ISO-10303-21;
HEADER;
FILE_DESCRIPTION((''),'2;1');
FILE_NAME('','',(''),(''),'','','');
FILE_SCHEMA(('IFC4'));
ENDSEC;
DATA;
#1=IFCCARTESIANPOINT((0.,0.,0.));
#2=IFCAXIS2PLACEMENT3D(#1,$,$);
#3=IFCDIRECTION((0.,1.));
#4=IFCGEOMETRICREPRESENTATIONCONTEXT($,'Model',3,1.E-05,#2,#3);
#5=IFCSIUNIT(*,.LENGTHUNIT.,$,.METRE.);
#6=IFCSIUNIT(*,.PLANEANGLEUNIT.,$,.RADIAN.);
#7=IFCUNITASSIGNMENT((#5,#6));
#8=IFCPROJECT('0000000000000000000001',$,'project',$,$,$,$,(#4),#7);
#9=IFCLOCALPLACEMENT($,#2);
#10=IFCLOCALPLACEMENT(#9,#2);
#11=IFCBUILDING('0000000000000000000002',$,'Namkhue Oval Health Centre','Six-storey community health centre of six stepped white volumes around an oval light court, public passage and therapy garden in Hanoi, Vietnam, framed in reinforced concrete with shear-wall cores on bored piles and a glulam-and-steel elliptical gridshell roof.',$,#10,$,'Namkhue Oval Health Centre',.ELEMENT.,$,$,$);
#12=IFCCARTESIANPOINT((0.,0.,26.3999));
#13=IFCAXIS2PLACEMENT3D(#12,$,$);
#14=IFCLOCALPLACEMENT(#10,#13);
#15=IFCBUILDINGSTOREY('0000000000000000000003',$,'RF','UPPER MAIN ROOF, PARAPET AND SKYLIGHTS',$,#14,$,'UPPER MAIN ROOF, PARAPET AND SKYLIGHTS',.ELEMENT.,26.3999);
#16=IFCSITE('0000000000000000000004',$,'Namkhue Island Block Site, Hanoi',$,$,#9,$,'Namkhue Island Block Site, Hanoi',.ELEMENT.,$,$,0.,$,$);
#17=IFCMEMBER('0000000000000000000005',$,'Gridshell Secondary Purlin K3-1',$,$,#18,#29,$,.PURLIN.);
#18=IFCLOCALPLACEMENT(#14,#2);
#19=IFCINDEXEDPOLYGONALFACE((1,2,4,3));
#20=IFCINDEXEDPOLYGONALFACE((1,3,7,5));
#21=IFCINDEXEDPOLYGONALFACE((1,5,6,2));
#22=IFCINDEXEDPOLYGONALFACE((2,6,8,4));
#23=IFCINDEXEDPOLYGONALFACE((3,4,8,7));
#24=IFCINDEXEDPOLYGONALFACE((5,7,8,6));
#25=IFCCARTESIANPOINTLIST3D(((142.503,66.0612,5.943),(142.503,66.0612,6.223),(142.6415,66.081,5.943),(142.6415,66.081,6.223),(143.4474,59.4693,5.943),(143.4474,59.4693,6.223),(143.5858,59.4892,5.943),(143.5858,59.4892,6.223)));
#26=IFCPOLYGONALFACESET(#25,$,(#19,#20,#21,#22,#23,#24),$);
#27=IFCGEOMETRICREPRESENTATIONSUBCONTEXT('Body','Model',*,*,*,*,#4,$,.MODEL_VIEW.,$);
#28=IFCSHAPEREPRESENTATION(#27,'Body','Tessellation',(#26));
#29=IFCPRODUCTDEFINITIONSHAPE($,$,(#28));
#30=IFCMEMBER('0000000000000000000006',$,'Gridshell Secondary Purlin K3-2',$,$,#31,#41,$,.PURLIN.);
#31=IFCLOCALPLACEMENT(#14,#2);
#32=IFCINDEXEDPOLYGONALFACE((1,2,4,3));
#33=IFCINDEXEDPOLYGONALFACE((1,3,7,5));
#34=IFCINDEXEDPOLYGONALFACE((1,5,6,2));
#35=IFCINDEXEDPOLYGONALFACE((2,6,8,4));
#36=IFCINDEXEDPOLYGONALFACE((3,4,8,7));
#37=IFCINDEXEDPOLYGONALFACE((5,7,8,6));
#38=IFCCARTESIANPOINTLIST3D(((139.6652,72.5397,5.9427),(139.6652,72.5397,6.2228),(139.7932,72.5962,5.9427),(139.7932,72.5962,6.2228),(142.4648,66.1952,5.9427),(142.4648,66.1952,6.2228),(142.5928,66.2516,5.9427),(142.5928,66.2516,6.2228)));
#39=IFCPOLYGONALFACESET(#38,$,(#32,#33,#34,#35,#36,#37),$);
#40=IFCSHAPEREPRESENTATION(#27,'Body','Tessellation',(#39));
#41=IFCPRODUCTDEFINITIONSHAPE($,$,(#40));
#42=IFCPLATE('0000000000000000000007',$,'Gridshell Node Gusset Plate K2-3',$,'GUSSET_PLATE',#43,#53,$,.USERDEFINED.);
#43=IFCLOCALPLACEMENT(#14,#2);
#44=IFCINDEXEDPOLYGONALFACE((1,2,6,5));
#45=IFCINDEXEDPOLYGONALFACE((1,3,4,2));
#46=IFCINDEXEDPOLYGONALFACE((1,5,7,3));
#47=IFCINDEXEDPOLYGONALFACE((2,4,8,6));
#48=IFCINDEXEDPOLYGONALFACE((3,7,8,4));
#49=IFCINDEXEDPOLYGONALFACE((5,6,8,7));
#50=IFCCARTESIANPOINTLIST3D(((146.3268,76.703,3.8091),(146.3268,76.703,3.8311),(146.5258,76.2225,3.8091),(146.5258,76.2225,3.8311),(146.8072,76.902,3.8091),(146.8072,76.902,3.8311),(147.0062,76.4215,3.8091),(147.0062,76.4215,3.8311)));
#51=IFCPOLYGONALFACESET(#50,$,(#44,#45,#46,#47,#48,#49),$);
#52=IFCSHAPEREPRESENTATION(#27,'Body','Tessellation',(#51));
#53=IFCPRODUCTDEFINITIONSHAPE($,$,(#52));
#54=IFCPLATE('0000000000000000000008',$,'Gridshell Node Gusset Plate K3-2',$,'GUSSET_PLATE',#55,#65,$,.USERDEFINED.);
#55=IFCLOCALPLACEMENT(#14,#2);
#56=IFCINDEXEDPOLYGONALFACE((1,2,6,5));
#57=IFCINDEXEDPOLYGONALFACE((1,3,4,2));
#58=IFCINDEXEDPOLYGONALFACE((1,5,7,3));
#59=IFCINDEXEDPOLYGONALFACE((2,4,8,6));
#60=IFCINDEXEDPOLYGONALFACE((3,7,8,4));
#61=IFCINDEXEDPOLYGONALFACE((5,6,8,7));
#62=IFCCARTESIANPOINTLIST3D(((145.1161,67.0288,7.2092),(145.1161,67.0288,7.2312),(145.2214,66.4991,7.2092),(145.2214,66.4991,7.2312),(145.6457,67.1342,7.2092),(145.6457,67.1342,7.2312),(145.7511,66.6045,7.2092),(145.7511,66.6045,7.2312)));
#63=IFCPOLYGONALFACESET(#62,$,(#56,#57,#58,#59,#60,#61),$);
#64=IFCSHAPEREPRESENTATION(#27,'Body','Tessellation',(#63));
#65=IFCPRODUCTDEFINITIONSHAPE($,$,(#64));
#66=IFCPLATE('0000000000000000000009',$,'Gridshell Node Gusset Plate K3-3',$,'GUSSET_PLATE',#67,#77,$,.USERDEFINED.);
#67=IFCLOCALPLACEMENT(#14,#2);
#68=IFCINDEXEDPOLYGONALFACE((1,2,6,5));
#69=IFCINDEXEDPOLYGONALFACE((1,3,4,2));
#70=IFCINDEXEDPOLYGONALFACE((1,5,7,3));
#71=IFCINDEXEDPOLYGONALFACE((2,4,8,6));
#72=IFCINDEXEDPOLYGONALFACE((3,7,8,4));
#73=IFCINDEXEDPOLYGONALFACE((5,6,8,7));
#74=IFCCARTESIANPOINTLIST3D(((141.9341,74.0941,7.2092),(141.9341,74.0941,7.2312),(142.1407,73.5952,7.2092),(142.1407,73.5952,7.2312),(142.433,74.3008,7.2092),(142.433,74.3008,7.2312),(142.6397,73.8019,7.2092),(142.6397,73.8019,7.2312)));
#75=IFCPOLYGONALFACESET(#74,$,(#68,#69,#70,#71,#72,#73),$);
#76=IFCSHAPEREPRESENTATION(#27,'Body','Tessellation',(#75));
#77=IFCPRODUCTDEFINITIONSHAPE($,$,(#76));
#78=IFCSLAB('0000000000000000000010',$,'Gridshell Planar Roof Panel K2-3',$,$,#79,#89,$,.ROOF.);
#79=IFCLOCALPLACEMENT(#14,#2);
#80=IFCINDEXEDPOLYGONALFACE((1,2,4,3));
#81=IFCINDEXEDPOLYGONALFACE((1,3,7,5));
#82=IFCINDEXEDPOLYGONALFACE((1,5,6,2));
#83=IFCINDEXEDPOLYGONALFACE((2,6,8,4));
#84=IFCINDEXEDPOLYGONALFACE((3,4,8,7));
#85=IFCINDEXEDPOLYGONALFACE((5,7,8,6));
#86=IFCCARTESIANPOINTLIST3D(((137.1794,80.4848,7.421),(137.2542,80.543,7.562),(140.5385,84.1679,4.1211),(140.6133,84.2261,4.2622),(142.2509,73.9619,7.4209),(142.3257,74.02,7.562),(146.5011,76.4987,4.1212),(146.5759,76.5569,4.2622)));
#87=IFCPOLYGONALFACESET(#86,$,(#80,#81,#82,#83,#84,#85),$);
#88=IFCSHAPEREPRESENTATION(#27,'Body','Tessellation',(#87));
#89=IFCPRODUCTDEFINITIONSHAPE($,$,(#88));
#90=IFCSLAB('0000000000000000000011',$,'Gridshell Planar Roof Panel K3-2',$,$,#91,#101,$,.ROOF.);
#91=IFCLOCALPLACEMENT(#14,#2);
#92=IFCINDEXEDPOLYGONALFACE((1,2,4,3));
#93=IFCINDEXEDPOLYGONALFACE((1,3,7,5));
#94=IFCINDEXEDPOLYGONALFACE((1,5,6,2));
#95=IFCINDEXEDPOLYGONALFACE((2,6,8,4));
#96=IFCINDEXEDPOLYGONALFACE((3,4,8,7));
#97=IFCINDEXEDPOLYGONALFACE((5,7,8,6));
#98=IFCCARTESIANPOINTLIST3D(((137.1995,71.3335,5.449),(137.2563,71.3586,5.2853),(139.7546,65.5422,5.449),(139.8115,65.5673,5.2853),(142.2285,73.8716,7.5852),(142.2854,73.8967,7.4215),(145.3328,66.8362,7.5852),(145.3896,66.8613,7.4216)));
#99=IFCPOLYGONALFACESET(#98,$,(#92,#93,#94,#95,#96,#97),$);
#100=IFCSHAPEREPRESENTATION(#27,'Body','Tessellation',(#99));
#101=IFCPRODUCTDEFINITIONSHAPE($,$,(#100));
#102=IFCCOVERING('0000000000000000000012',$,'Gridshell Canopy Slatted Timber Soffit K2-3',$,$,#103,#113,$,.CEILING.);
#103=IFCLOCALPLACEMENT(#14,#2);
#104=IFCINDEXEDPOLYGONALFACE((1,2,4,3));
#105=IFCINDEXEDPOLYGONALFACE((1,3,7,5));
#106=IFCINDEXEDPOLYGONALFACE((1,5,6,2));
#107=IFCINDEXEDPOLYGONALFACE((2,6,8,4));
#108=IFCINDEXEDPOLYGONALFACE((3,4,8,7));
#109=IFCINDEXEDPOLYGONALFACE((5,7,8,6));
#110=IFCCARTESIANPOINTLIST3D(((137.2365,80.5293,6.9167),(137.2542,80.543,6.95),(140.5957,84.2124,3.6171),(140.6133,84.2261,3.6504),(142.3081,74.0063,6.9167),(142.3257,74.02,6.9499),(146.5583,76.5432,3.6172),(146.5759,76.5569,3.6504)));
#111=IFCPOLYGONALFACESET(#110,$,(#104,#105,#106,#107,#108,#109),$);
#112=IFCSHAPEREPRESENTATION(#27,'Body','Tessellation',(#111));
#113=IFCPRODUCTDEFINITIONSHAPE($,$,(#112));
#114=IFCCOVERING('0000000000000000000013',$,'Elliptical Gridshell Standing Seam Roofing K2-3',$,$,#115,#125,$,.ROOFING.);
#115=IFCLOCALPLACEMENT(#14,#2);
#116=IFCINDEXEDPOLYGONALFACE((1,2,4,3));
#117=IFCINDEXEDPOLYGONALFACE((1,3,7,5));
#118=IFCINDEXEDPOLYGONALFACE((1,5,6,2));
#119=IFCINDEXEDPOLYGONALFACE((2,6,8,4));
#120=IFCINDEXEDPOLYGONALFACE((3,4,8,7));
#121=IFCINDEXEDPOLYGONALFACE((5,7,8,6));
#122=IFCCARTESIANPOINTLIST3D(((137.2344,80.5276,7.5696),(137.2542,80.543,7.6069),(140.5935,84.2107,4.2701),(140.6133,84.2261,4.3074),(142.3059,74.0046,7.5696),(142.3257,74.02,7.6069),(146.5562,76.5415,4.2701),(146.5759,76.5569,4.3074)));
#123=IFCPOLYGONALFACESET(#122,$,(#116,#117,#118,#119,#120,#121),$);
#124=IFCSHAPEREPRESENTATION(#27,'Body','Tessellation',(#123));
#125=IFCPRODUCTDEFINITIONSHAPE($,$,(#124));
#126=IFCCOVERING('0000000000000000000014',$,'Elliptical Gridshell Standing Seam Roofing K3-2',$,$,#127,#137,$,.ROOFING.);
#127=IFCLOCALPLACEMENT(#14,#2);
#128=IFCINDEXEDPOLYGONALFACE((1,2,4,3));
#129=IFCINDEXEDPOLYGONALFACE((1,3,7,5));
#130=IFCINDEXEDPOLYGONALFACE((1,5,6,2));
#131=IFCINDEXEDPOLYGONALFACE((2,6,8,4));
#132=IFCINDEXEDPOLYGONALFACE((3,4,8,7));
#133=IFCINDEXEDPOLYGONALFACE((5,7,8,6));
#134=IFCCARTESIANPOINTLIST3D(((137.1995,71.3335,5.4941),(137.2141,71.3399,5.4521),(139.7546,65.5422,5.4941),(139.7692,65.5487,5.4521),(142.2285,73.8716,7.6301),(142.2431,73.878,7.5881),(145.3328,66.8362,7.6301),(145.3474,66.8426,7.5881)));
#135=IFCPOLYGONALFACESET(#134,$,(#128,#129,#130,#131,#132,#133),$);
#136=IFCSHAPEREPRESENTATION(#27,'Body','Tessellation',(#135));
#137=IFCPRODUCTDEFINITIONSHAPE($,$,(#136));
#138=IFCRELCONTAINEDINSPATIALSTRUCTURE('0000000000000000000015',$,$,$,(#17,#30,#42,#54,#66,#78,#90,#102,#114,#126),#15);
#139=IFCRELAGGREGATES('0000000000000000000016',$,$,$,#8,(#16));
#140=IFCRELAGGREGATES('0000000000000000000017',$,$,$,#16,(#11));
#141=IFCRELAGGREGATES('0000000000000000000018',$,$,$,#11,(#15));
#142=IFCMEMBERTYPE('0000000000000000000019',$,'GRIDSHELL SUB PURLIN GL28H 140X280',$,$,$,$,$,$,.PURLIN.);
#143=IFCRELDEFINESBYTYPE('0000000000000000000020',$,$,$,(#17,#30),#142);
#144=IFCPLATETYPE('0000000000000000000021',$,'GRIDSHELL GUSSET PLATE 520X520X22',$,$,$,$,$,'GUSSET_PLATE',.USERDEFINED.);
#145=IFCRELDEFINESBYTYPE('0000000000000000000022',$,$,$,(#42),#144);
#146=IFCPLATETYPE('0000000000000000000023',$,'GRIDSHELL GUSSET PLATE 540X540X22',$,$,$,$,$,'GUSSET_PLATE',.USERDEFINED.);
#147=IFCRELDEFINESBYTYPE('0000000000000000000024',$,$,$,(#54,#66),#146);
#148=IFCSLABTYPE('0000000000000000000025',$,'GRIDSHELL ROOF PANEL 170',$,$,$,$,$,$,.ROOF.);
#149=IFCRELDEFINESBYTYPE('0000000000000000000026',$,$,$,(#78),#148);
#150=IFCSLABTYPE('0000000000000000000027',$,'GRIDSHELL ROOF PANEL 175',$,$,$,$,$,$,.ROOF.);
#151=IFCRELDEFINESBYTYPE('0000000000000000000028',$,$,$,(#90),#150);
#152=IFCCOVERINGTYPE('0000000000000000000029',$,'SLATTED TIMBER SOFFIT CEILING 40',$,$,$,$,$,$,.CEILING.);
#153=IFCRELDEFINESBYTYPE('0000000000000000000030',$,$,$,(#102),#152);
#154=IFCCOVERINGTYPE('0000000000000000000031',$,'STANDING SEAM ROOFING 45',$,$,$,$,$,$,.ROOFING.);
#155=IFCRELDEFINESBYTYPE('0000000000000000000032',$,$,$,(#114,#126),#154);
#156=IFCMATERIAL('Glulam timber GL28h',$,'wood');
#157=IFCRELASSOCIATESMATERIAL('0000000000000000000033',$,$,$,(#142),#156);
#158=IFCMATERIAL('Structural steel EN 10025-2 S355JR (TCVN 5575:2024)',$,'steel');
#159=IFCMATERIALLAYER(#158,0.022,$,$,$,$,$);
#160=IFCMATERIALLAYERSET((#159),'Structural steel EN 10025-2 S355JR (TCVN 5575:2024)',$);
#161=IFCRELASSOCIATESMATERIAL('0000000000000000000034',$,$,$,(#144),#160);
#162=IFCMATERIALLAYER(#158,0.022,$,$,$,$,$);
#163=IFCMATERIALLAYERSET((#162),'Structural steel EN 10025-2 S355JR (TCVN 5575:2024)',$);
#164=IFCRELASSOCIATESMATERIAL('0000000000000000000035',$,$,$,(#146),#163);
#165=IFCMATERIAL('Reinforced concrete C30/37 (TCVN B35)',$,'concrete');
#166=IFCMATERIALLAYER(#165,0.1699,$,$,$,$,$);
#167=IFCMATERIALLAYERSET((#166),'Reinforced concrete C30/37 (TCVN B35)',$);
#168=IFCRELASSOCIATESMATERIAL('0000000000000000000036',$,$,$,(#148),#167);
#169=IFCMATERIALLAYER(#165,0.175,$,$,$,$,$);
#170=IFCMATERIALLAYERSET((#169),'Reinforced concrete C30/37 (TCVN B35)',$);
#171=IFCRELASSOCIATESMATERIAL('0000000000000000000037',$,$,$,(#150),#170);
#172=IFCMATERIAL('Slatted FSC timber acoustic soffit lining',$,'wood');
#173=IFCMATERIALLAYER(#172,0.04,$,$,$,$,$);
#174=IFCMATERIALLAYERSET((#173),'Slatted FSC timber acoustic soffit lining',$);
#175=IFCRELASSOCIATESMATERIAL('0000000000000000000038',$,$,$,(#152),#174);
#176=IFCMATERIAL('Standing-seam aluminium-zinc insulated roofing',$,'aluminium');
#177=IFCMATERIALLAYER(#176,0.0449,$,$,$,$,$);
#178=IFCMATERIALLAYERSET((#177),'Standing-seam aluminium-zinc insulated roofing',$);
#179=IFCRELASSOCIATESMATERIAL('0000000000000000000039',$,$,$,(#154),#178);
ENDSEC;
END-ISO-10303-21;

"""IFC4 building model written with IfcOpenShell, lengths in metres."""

from ifc_helpers import new_model, si_unit, direction, frame, origin, origin_2d, place, context, subcontext, project, spatial, polyline, rectangle, outline, extrude, material, layer, layer_set, material_profile, profile_set, type_object, element, save


model = new_model("IFC4")

# Units and contexts
model_context = context("Model", 3, precision=1e-05, world=origin(), true_north=direction((0.0, 1.0)))
body_context = subcontext(model_context, "Body", "Model", "MODEL_VIEW")
ifc_project = project(units=[si_unit("LENGTHUNIT", "METRE"), si_unit("PLANEANGLEUNIT", "RADIAN")], contexts=[model_context])

# Site, building, storey
site_placement = place(None, origin())
site = spatial("IfcSite", under=ifc_project, at=site_placement, Name="Namkhue Island Block Site, Hanoi", LongName="Namkhue Island Block Site, Hanoi", CompositionType="ELEMENT", RefElevation=0.0)
building_placement = place(site_placement, origin())
building = spatial("IfcBuilding", under=site, at=building_placement, Name="Namkhue Oval Health Centre", Description="Six-storey community health centre of six stepped white volumes around an oval light court, public passage and therapy garden in Hanoi, Vietnam, framed in reinforced concrete with shear-wall cores on bored piles and a glulam-and-steel elliptical gridshell roof.", LongName="Namkhue Oval Health Centre", CompositionType="ELEMENT")
storey_placement = place(building_placement, frame((0.0, 0.0, 26.3999)))
storey = spatial("IfcBuildingStorey", under=building, at=storey_placement, Name="RF", Description="UPPER MAIN ROOF, PARAPET AND SKYLIGHTS", LongName="UPPER MAIN ROOF, PARAPET AND SKYLIGHTS", CompositionType="ELEMENT", Elevation=26.3999)

# Members
ifc_material_1 = material(Name="Structural steel EN 10025-2 S355JR (TCVN 5575:2024)", Category="steel")
ifc_material_2 = material(Name="Glulam timber GL28h", Category="wood")
ifc_material_profile_1 = material_profile(ifc_material_2, rectangle(XDim=0.1399, YDim=0.28, at=origin_2d()), Name="GL28h 140x280")
ifc_profile_set_1 = profile_set([ifc_material_profile_1], Name="Glulam timber GL28h")
member_type_1 = type_object("IfcMemberType", Name="GRIDSHELL SUB PURLIN GL28H 140X280", PredefinedType="PURLIN", material=ifc_profile_set_1)
member_1_placement = place(storey_placement, frame((143.5166, 59.4792, 6.083), z_axis=(-0.141811, 0.989894, 0.0), x_axis=(-0.989894, -0.141811, 0.0)))
element("IfcMember", 1, at=member_1_placement, inside=storey, type_object=member_type_1, Name="Gridshell Secondary Purlin K3-1", PredefinedType="PURLIN", context=body_context, shape_type="SweptSolid", body=[
    extrude(rectangle(XDim=0.1399, YDim=0.28, at=origin_2d()), origin(), (0.0, 0.0, 1.0), 6.6592),
])
member_2_placement = place(storey_placement, frame((142.5288, 66.2234, 6.0828), z_axis=(-0.403703, 0.91489, 0.0), x_axis=(-0.91489, -0.403703, 0.0)))
element("IfcMember", 2, at=member_2_placement, inside=storey, type_object=member_type_1, Name="Gridshell Secondary Purlin K3-2", PredefinedType="PURLIN", context=body_context, shape_type="SweptSolid", body=[
    extrude(rectangle(XDim=0.1399, YDim=0.28, at=origin_2d()), origin(), (0.0, 0.0, 1.0), 6.9348),
])

# Plates
ifc_layer_1 = layer(ifc_material_1, 0.022)
ifc_layer_set_1 = layer_set([ifc_layer_1], Name="Structural steel EN 10025-2 S355JR (TCVN 5575:2024)")
plate_type_1 = type_object("IfcPlateType", Name="GRIDSHELL GUSSET PLATE 520X520X22", ElementType="GUSSET_PLATE", PredefinedType="USERDEFINED", material=ifc_layer_set_1)
plate_placement = place(storey_placement, frame((146.6665, 76.5623, 3.8091), z_axis=(0.0, 0.0, 1.0), x_axis=(0.92388, 0.382683, 0.0)))
element("IfcPlate", 3, at=plate_placement, inside=storey, type_object=plate_type_1, Name="Gridshell Node Gusset Plate K2-3", ObjectType="GUSSET_PLATE", PredefinedType="USERDEFINED", context=body_context, shape_type="SweptSolid", body=[
    extrude(rectangle(XDim=0.52, YDim=0.52, at=origin_2d()), origin(), (0.0, 0.0, 1.0), 0.022),
])
ifc_layer_2 = layer(ifc_material_1, 0.022)
ifc_layer_set_2 = layer_set([ifc_layer_2], Name="Structural steel EN 10025-2 S355JR (TCVN 5575:2024)")
plate_type_2 = type_object("IfcPlateType", Name="GRIDSHELL GUSSET PLATE 540X540X22", ElementType="GUSSET_PLATE", PredefinedType="USERDEFINED", material=ifc_layer_set_2)
for number, where, z_axis, x_axis, name in (
    (4, (145.4336, 66.8167, 7.2092), (0.0, 0.0, 1.0), (0.980785, 0.19509, 0.0), "Gridshell Node Gusset Plate K3-2"),
    (5, (142.2869, 73.948, 7.2092), (0.0, 0.0, 1.0), (0.92388, 0.382683, 0.0), "Gridshell Node Gusset Plate K3-3"),
):
    element("IfcPlate", number, at=place(storey_placement, frame(where, z_axis=z_axis, x_axis=x_axis)), inside=storey, type_object=plate_type_2, Name=name, ObjectType="GUSSET_PLATE", PredefinedType="USERDEFINED", context=body_context, shape_type="SweptSolid", body=[
        extrude(rectangle(XDim=0.54, YDim=0.54, at=origin_2d()), origin(), (0.0, 0.0, 1.0), 0.022),
    ])

# Slabs
ifc_material_3 = material(Name="Reinforced concrete C30/37 (TCVN B35)", Category="concrete")
ifc_layer_3 = layer(ifc_material_3, 0.1699)
ifc_layer_set_3 = layer_set([ifc_layer_3], Name="Reinforced concrete C30/37 (TCVN B35)")
slab_type_1 = type_object("IfcSlabType", Name="GRIDSHELL ROOF PANEL 170", PredefinedType="ROOF", material=ifc_layer_set_3)
slab_1_placement = place(storey_placement, frame((146.5759, 76.5569, 4.2622), z_axis=(0.4402, 0.342249, 0.830114), x_axis=(-0.613795, 0.789465, -0.000001)))
element("IfcSlab", 6, at=slab_1_placement, inside=storey, type_object=slab_type_1, Name="Gridshell Planar Roof Panel K2-3", PredefinedType="ROOF", context=body_context, shape_type="SweptSolid", body=[
    extrude(outline(polyline([(0.0, 0.0), (9.7144, 0.0), (8.8685, 5.918), (0.606, 5.9179), (0.0, 0.0)])), origin(), (0.0, 0.0, -1.0), 0.1699),
])
ifc_layer_4 = layer(ifc_material_3, 0.175)
ifc_layer_set_4 = layer_set([ifc_layer_4], Name="Reinforced concrete C30/37 (TCVN B35)")
slab_type_2 = type_object("IfcSlabType", Name="GRIDSHELL ROOF PANEL 175", PredefinedType="ROOF", material=ifc_layer_set_4)
slab_2_placement = place(storey_placement, frame((145.3328, 66.8362, 7.5852), z_axis=(-0.324785, -0.143303, 0.934869), x_axis=(-0.403682, 0.914899, -0.000003)))
element("IfcSlab", 7, at=slab_2_placement, inside=storey, type_object=slab_type_2, Name="Gridshell Planar Roof Panel K3-2", PredefinedType="ROOF", context=body_context, shape_type="SweptSolid", body=[
    extrude(outline(polyline([(0.0, 0.0), (7.6898, 0.0), (7.3979, 6.0176), (1.068, 6.0177), (0.0, 0.0)])), origin(), (0.0, 0.0, -1.0), 0.175),
])

# Coverings
ifc_material_4 = material(Name="Slatted FSC timber acoustic soffit lining", Category="wood")
ifc_layer_5 = layer(ifc_material_4, 0.04)
ifc_layer_set_5 = layer_set([ifc_layer_5], Name="Slatted FSC timber acoustic soffit lining")
covering_type_1 = type_object("IfcCoveringType", Name="SLATTED TIMBER SOFFIT CEILING 40", PredefinedType="CEILING", material=ifc_layer_set_5)
covering_1_placement = place(storey_placement, frame((146.5759, 76.5569, 3.6504), z_axis=(0.440178, 0.342232, 0.830133), x_axis=(-0.613795, 0.789465, -0.000001)))
element("IfcCovering", 8, at=covering_1_placement, inside=storey, type_object=covering_type_1, Name="Gridshell Canopy Slatted Timber Soffit K2-3", PredefinedType="CEILING", context=body_context, shape_type="SweptSolid", body=[
    extrude(outline(polyline([(0.0, 0.0), (9.7144, 0.0), (8.8685, 5.9178), (0.606, 5.9178), (0.0, 0.0)])), origin(), (0.0, 0.0, -1.0), 0.04),
])
ifc_material_5 = material(Name="Standing-seam aluminium-zinc insulated roofing", Category="aluminium")
ifc_layer_6 = layer(ifc_material_5, 0.0449)
ifc_layer_set_6 = layer_set([ifc_layer_6], Name="Standing-seam aluminium-zinc insulated roofing")
covering_type_2 = type_object("IfcCoveringType", Name="STANDING SEAM ROOFING 45", PredefinedType="ROOFING", material=ifc_layer_set_6)
covering_2_placement = place(storey_placement, frame((146.5759, 76.5569, 4.3074), z_axis=(0.440178, 0.342232, 0.830133), x_axis=(-0.613795, 0.789465, -0.000001)))
element("IfcCovering", 9, at=covering_2_placement, inside=storey, type_object=covering_type_2, Name="Elliptical Gridshell Standing Seam Roofing K2-3", PredefinedType="ROOFING", context=body_context, shape_type="SweptSolid", body=[
    extrude(outline(polyline([(0.0, 0.0), (9.7144, 0.0), (8.8685, 5.9178), (0.606, 5.9178), (0.0, 0.0)])), origin(), (0.0, 0.0, -1.0), 0.0449),
])
covering_3_placement = place(storey_placement, frame((145.3328, 66.8362, 7.6301), z_axis=(-0.324752, -0.143288, 0.934882), x_axis=(-0.403682, 0.914899, -0.000003)))
element("IfcCovering", 10, at=covering_3_placement, inside=storey, type_object=covering_type_2, Name="Elliptical Gridshell Standing Seam Roofing K3-2", PredefinedType="ROOFING", context=body_context, shape_type="SweptSolid", body=[
    extrude(outline(polyline([(0.0, 0.0), (7.6898, 0.0), (7.3979, 6.0175), (1.068, 6.0176), (0.0, 0.0)])), origin(), (0.0, 0.0, -1.0), 0.0449),
])

save(model, "model.ifc")
